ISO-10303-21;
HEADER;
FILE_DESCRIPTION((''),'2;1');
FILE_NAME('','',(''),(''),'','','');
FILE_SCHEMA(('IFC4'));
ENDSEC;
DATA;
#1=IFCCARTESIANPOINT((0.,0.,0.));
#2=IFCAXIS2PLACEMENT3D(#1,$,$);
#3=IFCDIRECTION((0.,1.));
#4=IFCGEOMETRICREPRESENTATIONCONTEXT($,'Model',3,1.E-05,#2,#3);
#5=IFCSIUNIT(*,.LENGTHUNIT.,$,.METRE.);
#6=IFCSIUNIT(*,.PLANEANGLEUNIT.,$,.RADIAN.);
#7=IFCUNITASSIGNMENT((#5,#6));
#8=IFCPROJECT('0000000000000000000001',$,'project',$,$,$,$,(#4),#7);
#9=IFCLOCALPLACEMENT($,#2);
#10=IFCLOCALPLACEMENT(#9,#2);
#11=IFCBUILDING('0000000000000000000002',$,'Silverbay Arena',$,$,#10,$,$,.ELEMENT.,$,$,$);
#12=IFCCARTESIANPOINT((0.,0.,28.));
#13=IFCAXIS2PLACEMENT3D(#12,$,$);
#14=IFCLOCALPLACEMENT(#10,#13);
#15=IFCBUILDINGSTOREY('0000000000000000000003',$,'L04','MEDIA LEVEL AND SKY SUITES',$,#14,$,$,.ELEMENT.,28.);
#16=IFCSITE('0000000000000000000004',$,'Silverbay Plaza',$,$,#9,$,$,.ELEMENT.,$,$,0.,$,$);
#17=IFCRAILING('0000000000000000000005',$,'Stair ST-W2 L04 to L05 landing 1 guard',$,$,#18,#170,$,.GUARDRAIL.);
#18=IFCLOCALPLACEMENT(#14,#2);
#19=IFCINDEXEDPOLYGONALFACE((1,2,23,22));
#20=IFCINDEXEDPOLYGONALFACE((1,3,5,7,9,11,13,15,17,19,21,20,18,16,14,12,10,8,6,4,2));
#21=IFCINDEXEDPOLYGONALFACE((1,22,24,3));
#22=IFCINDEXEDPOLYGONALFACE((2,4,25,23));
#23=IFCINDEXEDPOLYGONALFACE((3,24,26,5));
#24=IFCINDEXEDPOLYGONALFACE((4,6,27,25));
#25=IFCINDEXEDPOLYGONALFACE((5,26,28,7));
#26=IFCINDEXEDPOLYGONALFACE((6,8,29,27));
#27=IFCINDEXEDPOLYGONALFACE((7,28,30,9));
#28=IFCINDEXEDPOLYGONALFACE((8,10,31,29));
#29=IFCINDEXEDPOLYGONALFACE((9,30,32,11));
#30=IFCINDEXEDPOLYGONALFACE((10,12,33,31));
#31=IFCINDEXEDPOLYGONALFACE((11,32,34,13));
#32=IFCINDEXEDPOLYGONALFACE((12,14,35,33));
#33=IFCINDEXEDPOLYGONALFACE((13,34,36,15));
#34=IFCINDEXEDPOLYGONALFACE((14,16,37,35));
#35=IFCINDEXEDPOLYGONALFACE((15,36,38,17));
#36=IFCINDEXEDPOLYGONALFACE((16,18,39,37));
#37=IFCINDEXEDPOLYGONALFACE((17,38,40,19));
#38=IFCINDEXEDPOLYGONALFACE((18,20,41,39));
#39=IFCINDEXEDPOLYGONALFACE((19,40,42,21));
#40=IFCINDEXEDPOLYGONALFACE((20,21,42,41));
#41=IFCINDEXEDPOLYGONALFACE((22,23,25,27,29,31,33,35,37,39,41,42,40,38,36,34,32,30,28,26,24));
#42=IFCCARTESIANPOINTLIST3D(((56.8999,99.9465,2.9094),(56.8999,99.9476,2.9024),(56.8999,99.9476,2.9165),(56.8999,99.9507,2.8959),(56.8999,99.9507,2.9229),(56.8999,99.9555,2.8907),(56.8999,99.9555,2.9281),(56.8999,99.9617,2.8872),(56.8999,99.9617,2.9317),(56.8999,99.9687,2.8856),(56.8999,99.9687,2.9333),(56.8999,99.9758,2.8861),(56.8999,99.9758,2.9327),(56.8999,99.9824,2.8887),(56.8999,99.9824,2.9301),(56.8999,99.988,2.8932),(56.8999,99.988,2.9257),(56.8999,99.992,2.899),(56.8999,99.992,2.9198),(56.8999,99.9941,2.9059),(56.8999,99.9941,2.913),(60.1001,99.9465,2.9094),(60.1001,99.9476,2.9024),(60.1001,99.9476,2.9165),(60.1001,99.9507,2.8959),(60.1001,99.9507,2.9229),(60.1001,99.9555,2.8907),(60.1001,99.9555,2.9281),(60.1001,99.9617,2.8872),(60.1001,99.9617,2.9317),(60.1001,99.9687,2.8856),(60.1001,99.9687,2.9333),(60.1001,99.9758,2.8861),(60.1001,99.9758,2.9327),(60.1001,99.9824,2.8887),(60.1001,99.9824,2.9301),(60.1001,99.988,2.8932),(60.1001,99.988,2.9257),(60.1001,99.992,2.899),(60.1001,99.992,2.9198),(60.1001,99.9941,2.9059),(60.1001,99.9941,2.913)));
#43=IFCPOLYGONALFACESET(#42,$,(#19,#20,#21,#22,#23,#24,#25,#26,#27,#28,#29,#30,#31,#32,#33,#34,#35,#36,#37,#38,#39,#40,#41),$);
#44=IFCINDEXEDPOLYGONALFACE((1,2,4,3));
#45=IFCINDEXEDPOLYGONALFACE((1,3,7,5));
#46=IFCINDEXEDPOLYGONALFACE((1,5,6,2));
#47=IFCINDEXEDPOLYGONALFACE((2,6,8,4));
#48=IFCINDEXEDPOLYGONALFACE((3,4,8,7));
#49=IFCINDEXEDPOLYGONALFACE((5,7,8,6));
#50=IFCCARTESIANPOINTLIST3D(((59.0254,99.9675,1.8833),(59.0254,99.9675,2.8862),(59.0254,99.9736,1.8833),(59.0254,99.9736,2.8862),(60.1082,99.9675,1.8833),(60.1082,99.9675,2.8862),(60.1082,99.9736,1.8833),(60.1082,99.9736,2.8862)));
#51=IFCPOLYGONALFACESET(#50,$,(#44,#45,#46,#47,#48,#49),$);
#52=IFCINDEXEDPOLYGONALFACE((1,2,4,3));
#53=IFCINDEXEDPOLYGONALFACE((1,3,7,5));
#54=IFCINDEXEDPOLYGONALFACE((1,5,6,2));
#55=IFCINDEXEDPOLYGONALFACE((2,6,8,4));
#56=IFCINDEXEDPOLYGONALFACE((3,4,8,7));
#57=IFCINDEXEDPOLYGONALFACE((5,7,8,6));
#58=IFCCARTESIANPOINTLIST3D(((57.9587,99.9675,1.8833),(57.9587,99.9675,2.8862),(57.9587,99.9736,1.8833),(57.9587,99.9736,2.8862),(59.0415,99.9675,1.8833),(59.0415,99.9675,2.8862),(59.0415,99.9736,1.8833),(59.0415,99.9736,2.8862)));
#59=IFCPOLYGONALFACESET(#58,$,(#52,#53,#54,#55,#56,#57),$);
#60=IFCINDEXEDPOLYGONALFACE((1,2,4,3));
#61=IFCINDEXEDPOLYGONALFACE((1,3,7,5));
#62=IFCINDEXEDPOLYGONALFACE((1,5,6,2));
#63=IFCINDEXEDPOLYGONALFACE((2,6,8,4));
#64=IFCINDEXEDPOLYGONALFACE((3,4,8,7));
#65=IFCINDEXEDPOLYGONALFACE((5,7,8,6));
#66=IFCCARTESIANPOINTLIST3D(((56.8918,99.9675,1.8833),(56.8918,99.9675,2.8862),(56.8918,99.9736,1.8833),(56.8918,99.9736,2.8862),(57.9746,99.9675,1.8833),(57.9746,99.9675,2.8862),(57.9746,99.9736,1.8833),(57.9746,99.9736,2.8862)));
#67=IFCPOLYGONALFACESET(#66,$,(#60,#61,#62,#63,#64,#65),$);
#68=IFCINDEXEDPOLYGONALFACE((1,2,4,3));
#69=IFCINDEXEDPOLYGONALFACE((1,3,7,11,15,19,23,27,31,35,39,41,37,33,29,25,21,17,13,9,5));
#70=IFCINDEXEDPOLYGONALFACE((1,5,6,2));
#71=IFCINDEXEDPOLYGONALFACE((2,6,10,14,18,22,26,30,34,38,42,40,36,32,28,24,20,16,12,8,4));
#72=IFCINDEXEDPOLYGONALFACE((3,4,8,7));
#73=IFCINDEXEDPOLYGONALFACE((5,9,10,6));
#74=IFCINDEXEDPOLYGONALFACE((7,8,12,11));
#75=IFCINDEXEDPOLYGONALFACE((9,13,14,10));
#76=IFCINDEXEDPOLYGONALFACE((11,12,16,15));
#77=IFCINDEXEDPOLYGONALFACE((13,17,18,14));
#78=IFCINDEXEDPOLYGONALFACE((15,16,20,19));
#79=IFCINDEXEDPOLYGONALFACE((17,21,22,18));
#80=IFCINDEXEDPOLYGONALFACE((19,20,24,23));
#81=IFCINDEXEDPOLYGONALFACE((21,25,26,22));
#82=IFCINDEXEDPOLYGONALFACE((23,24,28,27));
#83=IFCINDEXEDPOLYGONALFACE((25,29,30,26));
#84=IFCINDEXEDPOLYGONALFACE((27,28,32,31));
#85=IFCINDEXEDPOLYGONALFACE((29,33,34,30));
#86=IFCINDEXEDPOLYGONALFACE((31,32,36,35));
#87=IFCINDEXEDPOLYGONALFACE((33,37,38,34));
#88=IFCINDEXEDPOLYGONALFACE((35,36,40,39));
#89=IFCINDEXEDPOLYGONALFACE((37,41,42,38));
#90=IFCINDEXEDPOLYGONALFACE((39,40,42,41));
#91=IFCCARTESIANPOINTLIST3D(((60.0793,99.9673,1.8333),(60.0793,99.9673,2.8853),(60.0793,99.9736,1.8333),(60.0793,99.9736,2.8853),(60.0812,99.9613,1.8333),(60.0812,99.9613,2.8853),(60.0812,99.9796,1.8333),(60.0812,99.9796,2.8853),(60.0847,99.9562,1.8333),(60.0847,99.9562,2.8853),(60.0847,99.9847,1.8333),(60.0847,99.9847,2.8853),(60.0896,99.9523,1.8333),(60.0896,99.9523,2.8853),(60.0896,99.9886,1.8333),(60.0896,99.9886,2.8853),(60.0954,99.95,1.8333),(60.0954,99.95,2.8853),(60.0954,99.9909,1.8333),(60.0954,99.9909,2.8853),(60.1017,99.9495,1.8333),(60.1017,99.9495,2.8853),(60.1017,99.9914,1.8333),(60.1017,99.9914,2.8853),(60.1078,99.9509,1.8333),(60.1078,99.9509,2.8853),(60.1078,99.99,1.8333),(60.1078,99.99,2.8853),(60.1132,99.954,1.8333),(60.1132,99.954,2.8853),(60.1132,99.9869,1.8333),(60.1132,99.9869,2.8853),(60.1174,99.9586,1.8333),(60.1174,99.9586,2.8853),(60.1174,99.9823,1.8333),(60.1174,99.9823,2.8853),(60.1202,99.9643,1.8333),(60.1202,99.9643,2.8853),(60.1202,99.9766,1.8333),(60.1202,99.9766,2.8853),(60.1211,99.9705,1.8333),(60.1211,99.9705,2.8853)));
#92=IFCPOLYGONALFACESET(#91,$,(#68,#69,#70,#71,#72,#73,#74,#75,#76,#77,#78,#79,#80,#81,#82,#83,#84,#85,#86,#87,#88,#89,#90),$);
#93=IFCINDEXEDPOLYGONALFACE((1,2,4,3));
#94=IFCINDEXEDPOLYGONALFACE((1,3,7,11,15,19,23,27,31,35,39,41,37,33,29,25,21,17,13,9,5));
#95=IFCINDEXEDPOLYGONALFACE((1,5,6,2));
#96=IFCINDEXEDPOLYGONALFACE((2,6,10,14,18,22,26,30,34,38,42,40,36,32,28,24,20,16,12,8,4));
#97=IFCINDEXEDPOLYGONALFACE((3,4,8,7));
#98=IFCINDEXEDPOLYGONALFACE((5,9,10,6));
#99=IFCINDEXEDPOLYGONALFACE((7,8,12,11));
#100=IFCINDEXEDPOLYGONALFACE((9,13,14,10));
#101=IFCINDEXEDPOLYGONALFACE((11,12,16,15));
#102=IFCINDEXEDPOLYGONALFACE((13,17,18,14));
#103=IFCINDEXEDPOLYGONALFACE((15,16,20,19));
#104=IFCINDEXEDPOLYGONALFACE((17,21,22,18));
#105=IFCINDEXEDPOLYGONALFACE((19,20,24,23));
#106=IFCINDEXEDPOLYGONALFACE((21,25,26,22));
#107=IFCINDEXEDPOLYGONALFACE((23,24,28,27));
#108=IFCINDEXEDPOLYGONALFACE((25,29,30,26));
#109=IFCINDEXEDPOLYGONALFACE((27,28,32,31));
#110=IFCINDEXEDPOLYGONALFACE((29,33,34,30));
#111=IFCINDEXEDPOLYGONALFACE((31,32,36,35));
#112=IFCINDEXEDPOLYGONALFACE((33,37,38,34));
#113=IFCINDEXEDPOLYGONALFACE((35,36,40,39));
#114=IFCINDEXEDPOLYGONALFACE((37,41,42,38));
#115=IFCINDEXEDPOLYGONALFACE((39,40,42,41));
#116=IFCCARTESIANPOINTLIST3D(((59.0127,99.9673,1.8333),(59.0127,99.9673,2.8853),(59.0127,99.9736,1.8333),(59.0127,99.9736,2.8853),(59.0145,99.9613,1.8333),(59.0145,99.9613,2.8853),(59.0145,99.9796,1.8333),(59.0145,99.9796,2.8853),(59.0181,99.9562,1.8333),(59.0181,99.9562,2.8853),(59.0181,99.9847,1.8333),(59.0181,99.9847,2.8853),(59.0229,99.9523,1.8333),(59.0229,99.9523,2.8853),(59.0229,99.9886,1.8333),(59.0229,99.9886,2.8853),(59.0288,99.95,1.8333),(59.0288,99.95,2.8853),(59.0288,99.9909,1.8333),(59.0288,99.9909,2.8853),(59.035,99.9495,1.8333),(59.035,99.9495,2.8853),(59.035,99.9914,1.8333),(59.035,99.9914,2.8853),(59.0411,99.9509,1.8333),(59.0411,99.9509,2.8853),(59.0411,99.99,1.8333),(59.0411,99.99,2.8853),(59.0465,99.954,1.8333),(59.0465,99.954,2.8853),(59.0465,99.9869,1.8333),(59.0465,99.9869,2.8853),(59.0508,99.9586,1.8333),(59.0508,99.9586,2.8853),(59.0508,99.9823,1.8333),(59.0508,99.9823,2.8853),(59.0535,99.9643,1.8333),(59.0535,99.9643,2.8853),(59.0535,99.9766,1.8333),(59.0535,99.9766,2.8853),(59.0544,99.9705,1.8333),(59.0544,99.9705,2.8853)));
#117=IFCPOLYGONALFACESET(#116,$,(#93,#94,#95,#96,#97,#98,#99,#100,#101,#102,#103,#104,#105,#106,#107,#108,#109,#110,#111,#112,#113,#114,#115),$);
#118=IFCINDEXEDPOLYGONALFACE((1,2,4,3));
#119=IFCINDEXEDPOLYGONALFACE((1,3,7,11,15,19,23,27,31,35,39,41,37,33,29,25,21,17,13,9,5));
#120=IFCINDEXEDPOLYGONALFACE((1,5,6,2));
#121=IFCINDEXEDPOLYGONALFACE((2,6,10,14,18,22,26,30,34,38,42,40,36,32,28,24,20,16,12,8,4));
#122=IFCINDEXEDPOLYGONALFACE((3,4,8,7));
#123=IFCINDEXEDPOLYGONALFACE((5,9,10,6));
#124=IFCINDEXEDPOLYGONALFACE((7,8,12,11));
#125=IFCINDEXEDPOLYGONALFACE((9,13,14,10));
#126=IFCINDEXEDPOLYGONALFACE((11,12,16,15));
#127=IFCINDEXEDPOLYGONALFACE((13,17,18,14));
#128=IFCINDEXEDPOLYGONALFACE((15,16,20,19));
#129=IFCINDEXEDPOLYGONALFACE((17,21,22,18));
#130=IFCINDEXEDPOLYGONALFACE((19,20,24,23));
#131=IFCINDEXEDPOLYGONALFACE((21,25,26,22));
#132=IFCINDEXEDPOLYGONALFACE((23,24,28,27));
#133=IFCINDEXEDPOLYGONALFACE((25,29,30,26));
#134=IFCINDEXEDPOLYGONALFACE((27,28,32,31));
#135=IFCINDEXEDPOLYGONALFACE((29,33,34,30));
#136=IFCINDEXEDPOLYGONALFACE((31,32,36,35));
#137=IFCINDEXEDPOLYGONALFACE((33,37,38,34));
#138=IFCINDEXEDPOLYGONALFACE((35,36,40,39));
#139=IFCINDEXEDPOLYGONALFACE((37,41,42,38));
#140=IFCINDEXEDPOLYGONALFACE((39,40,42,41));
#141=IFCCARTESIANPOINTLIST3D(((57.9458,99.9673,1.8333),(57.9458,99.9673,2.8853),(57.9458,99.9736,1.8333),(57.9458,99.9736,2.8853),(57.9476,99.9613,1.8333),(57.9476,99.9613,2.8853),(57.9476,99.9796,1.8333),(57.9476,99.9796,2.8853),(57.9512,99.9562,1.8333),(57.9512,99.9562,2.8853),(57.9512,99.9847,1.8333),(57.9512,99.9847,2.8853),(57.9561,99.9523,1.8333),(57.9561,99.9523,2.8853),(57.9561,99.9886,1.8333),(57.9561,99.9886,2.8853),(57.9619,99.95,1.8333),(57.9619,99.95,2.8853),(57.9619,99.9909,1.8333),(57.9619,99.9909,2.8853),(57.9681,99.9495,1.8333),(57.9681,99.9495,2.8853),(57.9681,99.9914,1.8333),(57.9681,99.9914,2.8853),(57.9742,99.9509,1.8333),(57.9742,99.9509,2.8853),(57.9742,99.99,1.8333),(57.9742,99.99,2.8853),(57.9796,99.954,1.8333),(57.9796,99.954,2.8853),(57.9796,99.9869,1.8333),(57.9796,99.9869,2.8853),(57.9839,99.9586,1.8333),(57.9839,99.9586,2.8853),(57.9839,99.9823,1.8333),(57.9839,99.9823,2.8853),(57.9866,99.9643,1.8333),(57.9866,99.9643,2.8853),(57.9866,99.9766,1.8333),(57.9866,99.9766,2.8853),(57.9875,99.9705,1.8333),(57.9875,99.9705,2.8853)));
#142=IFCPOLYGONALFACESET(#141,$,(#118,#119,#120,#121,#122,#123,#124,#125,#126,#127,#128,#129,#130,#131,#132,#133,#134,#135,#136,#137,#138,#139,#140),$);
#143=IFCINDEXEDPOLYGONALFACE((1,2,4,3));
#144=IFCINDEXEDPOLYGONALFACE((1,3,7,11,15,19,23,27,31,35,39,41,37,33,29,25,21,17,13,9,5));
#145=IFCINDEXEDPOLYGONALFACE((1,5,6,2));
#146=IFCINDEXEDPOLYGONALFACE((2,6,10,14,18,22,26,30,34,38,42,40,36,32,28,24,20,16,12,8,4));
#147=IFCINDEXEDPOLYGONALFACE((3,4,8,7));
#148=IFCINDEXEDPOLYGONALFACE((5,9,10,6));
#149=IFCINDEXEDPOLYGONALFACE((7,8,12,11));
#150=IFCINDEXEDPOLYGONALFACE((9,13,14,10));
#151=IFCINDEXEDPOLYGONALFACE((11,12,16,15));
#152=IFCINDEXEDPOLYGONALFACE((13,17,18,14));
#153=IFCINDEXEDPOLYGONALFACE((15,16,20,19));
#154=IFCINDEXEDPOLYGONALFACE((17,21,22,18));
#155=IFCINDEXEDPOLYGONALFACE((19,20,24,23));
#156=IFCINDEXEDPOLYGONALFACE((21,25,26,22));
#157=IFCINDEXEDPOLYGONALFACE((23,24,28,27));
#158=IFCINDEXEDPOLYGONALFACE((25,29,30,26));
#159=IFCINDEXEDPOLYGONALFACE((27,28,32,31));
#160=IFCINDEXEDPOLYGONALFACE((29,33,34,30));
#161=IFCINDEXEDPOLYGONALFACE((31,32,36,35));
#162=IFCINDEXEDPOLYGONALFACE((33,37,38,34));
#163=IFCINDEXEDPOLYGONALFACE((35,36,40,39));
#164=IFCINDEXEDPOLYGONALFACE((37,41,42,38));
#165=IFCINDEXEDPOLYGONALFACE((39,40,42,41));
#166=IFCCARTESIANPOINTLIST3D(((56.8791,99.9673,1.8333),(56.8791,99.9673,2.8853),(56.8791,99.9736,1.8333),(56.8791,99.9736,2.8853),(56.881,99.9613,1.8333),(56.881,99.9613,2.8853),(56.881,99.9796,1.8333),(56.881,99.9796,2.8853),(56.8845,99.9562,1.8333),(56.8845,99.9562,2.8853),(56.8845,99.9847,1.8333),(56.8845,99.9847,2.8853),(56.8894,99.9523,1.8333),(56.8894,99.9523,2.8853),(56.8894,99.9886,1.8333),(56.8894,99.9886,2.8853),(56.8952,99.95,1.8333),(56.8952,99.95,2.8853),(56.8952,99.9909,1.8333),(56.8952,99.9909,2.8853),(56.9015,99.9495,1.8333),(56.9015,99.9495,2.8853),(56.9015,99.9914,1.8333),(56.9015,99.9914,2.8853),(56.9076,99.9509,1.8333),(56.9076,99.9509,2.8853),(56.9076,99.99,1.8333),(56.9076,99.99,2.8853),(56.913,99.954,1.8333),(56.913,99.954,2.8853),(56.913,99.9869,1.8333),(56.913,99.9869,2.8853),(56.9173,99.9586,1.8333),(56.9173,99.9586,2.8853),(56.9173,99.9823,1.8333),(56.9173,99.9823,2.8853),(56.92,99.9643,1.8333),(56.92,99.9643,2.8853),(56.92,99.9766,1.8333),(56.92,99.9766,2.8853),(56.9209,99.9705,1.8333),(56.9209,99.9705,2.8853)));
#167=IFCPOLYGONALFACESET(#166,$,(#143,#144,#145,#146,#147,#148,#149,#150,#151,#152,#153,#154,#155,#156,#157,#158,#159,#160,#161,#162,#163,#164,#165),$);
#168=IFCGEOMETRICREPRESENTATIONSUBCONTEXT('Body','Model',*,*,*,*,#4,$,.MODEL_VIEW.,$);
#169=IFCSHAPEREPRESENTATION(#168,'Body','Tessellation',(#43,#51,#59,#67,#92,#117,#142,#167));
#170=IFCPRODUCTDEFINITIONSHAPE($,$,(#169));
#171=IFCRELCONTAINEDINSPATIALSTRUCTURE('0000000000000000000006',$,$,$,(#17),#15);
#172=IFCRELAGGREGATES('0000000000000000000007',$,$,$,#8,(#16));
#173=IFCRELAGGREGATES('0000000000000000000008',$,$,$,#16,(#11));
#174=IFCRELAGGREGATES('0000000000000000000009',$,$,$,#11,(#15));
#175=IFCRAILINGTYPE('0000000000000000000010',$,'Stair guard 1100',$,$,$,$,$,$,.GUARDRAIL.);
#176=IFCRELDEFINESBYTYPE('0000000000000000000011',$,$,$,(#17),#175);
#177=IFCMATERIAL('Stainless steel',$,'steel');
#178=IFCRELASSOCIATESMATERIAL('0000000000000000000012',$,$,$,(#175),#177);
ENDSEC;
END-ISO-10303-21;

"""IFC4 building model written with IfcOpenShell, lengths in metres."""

from ifc_helpers import new_model, si_unit, direction, frame, origin, origin_2d, place, context, subcontext, project, spatial, polyline, circle, outline, extrude, material, type_object, element, save


model = new_model("IFC4")

# Units and contexts
model_context = context("Model", 3, precision=1e-05, world=origin(), true_north=direction((0.0, 1.0)))
body_context = subcontext(model_context, "Body", "Model", "MODEL_VIEW")
ifc_project = project(units=[si_unit("LENGTHUNIT", "METRE"), si_unit("PLANEANGLEUNIT", "RADIAN")], contexts=[model_context])

# Site, building, storey
site_placement = place(None, origin())
site = spatial("IfcSite", under=ifc_project, at=site_placement, Name="Silverbay Plaza", CompositionType="ELEMENT", RefElevation=0.0)
building_placement = place(site_placement, origin())
building = spatial("IfcBuilding", under=site, at=building_placement, Name="Silverbay Arena", CompositionType="ELEMENT")
storey_placement = place(building_placement, frame((0.0, 0.0, 28.0)))
storey = spatial("IfcBuildingStorey", under=building, at=storey_placement, Name="L04", Description="MEDIA LEVEL AND SKY SUITES", CompositionType="ELEMENT", Elevation=28.0)

# Railing
ifc_material_1 = material(Name="Stainless steel", Category="steel")
railing_type_1 = type_object("IfcRailingType", Name="Stair guard 1100", PredefinedType="GUARDRAIL", material=ifc_material_1)
for number, where, name in (
    (1, (60.1001, 99.9705, 1.8333), "Stair ST-W2 L04 to L05 landing 1 guard"),
):
    element("IfcRailing", number, at=place(storey_placement, frame(where)), inside=storey, type_object=railing_type_1, Name=name, PredefinedType="GUARDRAIL", context=body_context, shape_type="SweptSolid", body=[
        extrude(circle(Radius=0.0239, at=origin_2d()), frame((0.0, 0.0, 1.0762), z_axis=(-1.0, 0.0, 0.0), x_axis=(0.0, -1.0, 0.0)), (0.0, 0.0, 1.0), 3.2002),
        extrude(outline(polyline([(-0.0081, 0.05), (1.0747, 0.05), (1.0747, 1.053), (-0.0081, 1.053), (-0.0081, 0.05)])), frame((0.0, -0.0029, 0.0), z_axis=(0.0, 1.0, 0.0), x_axis=(-1.0, 0.0, 0.0)), (0.0, 0.0, 1.0), 0.0061),
        extrude(outline(polyline([(-0.0081, 0.05), (1.0747, 0.05), (1.0747, 1.053), (-0.0081, 1.053), (-0.0081, 0.05)])), frame((-1.0667, -0.0029, 0.0), z_axis=(0.0, 1.0, 0.0), x_axis=(-1.0, 0.0, 0.0)), (0.0, 0.0, 1.0), 0.0061),
        extrude(outline(polyline([(-0.0081, 0.05), (1.0747, 0.05), (1.0747, 1.053), (-0.0081, 1.053), (-0.0081, 0.05)])), frame((-2.1335, -0.0029, 0.0), z_axis=(0.0, 1.0, 0.0), x_axis=(-1.0, 0.0, 0.0)), (0.0, 0.0, 1.0), 0.0061),
        extrude(circle(Radius=0.021, at=origin_2d()), origin(), (0.0, 0.0, 1.0), 1.052),
        extrude(circle(Radius=0.021, at=origin_2d()), frame((-1.0667, 0.0, 0.0)), (0.0, 0.0, 1.0), 1.052),
        extrude(circle(Radius=0.021, at=origin_2d()), frame((-2.1335, 0.0, 0.0)), (0.0, 0.0, 1.0), 1.052),
        extrude(circle(Radius=0.021, at=origin_2d()), frame((-3.2002, 0.0, 0.0)), (0.0, 0.0, 1.0), 1.052),
    ])

save(model, "model.ifc")
